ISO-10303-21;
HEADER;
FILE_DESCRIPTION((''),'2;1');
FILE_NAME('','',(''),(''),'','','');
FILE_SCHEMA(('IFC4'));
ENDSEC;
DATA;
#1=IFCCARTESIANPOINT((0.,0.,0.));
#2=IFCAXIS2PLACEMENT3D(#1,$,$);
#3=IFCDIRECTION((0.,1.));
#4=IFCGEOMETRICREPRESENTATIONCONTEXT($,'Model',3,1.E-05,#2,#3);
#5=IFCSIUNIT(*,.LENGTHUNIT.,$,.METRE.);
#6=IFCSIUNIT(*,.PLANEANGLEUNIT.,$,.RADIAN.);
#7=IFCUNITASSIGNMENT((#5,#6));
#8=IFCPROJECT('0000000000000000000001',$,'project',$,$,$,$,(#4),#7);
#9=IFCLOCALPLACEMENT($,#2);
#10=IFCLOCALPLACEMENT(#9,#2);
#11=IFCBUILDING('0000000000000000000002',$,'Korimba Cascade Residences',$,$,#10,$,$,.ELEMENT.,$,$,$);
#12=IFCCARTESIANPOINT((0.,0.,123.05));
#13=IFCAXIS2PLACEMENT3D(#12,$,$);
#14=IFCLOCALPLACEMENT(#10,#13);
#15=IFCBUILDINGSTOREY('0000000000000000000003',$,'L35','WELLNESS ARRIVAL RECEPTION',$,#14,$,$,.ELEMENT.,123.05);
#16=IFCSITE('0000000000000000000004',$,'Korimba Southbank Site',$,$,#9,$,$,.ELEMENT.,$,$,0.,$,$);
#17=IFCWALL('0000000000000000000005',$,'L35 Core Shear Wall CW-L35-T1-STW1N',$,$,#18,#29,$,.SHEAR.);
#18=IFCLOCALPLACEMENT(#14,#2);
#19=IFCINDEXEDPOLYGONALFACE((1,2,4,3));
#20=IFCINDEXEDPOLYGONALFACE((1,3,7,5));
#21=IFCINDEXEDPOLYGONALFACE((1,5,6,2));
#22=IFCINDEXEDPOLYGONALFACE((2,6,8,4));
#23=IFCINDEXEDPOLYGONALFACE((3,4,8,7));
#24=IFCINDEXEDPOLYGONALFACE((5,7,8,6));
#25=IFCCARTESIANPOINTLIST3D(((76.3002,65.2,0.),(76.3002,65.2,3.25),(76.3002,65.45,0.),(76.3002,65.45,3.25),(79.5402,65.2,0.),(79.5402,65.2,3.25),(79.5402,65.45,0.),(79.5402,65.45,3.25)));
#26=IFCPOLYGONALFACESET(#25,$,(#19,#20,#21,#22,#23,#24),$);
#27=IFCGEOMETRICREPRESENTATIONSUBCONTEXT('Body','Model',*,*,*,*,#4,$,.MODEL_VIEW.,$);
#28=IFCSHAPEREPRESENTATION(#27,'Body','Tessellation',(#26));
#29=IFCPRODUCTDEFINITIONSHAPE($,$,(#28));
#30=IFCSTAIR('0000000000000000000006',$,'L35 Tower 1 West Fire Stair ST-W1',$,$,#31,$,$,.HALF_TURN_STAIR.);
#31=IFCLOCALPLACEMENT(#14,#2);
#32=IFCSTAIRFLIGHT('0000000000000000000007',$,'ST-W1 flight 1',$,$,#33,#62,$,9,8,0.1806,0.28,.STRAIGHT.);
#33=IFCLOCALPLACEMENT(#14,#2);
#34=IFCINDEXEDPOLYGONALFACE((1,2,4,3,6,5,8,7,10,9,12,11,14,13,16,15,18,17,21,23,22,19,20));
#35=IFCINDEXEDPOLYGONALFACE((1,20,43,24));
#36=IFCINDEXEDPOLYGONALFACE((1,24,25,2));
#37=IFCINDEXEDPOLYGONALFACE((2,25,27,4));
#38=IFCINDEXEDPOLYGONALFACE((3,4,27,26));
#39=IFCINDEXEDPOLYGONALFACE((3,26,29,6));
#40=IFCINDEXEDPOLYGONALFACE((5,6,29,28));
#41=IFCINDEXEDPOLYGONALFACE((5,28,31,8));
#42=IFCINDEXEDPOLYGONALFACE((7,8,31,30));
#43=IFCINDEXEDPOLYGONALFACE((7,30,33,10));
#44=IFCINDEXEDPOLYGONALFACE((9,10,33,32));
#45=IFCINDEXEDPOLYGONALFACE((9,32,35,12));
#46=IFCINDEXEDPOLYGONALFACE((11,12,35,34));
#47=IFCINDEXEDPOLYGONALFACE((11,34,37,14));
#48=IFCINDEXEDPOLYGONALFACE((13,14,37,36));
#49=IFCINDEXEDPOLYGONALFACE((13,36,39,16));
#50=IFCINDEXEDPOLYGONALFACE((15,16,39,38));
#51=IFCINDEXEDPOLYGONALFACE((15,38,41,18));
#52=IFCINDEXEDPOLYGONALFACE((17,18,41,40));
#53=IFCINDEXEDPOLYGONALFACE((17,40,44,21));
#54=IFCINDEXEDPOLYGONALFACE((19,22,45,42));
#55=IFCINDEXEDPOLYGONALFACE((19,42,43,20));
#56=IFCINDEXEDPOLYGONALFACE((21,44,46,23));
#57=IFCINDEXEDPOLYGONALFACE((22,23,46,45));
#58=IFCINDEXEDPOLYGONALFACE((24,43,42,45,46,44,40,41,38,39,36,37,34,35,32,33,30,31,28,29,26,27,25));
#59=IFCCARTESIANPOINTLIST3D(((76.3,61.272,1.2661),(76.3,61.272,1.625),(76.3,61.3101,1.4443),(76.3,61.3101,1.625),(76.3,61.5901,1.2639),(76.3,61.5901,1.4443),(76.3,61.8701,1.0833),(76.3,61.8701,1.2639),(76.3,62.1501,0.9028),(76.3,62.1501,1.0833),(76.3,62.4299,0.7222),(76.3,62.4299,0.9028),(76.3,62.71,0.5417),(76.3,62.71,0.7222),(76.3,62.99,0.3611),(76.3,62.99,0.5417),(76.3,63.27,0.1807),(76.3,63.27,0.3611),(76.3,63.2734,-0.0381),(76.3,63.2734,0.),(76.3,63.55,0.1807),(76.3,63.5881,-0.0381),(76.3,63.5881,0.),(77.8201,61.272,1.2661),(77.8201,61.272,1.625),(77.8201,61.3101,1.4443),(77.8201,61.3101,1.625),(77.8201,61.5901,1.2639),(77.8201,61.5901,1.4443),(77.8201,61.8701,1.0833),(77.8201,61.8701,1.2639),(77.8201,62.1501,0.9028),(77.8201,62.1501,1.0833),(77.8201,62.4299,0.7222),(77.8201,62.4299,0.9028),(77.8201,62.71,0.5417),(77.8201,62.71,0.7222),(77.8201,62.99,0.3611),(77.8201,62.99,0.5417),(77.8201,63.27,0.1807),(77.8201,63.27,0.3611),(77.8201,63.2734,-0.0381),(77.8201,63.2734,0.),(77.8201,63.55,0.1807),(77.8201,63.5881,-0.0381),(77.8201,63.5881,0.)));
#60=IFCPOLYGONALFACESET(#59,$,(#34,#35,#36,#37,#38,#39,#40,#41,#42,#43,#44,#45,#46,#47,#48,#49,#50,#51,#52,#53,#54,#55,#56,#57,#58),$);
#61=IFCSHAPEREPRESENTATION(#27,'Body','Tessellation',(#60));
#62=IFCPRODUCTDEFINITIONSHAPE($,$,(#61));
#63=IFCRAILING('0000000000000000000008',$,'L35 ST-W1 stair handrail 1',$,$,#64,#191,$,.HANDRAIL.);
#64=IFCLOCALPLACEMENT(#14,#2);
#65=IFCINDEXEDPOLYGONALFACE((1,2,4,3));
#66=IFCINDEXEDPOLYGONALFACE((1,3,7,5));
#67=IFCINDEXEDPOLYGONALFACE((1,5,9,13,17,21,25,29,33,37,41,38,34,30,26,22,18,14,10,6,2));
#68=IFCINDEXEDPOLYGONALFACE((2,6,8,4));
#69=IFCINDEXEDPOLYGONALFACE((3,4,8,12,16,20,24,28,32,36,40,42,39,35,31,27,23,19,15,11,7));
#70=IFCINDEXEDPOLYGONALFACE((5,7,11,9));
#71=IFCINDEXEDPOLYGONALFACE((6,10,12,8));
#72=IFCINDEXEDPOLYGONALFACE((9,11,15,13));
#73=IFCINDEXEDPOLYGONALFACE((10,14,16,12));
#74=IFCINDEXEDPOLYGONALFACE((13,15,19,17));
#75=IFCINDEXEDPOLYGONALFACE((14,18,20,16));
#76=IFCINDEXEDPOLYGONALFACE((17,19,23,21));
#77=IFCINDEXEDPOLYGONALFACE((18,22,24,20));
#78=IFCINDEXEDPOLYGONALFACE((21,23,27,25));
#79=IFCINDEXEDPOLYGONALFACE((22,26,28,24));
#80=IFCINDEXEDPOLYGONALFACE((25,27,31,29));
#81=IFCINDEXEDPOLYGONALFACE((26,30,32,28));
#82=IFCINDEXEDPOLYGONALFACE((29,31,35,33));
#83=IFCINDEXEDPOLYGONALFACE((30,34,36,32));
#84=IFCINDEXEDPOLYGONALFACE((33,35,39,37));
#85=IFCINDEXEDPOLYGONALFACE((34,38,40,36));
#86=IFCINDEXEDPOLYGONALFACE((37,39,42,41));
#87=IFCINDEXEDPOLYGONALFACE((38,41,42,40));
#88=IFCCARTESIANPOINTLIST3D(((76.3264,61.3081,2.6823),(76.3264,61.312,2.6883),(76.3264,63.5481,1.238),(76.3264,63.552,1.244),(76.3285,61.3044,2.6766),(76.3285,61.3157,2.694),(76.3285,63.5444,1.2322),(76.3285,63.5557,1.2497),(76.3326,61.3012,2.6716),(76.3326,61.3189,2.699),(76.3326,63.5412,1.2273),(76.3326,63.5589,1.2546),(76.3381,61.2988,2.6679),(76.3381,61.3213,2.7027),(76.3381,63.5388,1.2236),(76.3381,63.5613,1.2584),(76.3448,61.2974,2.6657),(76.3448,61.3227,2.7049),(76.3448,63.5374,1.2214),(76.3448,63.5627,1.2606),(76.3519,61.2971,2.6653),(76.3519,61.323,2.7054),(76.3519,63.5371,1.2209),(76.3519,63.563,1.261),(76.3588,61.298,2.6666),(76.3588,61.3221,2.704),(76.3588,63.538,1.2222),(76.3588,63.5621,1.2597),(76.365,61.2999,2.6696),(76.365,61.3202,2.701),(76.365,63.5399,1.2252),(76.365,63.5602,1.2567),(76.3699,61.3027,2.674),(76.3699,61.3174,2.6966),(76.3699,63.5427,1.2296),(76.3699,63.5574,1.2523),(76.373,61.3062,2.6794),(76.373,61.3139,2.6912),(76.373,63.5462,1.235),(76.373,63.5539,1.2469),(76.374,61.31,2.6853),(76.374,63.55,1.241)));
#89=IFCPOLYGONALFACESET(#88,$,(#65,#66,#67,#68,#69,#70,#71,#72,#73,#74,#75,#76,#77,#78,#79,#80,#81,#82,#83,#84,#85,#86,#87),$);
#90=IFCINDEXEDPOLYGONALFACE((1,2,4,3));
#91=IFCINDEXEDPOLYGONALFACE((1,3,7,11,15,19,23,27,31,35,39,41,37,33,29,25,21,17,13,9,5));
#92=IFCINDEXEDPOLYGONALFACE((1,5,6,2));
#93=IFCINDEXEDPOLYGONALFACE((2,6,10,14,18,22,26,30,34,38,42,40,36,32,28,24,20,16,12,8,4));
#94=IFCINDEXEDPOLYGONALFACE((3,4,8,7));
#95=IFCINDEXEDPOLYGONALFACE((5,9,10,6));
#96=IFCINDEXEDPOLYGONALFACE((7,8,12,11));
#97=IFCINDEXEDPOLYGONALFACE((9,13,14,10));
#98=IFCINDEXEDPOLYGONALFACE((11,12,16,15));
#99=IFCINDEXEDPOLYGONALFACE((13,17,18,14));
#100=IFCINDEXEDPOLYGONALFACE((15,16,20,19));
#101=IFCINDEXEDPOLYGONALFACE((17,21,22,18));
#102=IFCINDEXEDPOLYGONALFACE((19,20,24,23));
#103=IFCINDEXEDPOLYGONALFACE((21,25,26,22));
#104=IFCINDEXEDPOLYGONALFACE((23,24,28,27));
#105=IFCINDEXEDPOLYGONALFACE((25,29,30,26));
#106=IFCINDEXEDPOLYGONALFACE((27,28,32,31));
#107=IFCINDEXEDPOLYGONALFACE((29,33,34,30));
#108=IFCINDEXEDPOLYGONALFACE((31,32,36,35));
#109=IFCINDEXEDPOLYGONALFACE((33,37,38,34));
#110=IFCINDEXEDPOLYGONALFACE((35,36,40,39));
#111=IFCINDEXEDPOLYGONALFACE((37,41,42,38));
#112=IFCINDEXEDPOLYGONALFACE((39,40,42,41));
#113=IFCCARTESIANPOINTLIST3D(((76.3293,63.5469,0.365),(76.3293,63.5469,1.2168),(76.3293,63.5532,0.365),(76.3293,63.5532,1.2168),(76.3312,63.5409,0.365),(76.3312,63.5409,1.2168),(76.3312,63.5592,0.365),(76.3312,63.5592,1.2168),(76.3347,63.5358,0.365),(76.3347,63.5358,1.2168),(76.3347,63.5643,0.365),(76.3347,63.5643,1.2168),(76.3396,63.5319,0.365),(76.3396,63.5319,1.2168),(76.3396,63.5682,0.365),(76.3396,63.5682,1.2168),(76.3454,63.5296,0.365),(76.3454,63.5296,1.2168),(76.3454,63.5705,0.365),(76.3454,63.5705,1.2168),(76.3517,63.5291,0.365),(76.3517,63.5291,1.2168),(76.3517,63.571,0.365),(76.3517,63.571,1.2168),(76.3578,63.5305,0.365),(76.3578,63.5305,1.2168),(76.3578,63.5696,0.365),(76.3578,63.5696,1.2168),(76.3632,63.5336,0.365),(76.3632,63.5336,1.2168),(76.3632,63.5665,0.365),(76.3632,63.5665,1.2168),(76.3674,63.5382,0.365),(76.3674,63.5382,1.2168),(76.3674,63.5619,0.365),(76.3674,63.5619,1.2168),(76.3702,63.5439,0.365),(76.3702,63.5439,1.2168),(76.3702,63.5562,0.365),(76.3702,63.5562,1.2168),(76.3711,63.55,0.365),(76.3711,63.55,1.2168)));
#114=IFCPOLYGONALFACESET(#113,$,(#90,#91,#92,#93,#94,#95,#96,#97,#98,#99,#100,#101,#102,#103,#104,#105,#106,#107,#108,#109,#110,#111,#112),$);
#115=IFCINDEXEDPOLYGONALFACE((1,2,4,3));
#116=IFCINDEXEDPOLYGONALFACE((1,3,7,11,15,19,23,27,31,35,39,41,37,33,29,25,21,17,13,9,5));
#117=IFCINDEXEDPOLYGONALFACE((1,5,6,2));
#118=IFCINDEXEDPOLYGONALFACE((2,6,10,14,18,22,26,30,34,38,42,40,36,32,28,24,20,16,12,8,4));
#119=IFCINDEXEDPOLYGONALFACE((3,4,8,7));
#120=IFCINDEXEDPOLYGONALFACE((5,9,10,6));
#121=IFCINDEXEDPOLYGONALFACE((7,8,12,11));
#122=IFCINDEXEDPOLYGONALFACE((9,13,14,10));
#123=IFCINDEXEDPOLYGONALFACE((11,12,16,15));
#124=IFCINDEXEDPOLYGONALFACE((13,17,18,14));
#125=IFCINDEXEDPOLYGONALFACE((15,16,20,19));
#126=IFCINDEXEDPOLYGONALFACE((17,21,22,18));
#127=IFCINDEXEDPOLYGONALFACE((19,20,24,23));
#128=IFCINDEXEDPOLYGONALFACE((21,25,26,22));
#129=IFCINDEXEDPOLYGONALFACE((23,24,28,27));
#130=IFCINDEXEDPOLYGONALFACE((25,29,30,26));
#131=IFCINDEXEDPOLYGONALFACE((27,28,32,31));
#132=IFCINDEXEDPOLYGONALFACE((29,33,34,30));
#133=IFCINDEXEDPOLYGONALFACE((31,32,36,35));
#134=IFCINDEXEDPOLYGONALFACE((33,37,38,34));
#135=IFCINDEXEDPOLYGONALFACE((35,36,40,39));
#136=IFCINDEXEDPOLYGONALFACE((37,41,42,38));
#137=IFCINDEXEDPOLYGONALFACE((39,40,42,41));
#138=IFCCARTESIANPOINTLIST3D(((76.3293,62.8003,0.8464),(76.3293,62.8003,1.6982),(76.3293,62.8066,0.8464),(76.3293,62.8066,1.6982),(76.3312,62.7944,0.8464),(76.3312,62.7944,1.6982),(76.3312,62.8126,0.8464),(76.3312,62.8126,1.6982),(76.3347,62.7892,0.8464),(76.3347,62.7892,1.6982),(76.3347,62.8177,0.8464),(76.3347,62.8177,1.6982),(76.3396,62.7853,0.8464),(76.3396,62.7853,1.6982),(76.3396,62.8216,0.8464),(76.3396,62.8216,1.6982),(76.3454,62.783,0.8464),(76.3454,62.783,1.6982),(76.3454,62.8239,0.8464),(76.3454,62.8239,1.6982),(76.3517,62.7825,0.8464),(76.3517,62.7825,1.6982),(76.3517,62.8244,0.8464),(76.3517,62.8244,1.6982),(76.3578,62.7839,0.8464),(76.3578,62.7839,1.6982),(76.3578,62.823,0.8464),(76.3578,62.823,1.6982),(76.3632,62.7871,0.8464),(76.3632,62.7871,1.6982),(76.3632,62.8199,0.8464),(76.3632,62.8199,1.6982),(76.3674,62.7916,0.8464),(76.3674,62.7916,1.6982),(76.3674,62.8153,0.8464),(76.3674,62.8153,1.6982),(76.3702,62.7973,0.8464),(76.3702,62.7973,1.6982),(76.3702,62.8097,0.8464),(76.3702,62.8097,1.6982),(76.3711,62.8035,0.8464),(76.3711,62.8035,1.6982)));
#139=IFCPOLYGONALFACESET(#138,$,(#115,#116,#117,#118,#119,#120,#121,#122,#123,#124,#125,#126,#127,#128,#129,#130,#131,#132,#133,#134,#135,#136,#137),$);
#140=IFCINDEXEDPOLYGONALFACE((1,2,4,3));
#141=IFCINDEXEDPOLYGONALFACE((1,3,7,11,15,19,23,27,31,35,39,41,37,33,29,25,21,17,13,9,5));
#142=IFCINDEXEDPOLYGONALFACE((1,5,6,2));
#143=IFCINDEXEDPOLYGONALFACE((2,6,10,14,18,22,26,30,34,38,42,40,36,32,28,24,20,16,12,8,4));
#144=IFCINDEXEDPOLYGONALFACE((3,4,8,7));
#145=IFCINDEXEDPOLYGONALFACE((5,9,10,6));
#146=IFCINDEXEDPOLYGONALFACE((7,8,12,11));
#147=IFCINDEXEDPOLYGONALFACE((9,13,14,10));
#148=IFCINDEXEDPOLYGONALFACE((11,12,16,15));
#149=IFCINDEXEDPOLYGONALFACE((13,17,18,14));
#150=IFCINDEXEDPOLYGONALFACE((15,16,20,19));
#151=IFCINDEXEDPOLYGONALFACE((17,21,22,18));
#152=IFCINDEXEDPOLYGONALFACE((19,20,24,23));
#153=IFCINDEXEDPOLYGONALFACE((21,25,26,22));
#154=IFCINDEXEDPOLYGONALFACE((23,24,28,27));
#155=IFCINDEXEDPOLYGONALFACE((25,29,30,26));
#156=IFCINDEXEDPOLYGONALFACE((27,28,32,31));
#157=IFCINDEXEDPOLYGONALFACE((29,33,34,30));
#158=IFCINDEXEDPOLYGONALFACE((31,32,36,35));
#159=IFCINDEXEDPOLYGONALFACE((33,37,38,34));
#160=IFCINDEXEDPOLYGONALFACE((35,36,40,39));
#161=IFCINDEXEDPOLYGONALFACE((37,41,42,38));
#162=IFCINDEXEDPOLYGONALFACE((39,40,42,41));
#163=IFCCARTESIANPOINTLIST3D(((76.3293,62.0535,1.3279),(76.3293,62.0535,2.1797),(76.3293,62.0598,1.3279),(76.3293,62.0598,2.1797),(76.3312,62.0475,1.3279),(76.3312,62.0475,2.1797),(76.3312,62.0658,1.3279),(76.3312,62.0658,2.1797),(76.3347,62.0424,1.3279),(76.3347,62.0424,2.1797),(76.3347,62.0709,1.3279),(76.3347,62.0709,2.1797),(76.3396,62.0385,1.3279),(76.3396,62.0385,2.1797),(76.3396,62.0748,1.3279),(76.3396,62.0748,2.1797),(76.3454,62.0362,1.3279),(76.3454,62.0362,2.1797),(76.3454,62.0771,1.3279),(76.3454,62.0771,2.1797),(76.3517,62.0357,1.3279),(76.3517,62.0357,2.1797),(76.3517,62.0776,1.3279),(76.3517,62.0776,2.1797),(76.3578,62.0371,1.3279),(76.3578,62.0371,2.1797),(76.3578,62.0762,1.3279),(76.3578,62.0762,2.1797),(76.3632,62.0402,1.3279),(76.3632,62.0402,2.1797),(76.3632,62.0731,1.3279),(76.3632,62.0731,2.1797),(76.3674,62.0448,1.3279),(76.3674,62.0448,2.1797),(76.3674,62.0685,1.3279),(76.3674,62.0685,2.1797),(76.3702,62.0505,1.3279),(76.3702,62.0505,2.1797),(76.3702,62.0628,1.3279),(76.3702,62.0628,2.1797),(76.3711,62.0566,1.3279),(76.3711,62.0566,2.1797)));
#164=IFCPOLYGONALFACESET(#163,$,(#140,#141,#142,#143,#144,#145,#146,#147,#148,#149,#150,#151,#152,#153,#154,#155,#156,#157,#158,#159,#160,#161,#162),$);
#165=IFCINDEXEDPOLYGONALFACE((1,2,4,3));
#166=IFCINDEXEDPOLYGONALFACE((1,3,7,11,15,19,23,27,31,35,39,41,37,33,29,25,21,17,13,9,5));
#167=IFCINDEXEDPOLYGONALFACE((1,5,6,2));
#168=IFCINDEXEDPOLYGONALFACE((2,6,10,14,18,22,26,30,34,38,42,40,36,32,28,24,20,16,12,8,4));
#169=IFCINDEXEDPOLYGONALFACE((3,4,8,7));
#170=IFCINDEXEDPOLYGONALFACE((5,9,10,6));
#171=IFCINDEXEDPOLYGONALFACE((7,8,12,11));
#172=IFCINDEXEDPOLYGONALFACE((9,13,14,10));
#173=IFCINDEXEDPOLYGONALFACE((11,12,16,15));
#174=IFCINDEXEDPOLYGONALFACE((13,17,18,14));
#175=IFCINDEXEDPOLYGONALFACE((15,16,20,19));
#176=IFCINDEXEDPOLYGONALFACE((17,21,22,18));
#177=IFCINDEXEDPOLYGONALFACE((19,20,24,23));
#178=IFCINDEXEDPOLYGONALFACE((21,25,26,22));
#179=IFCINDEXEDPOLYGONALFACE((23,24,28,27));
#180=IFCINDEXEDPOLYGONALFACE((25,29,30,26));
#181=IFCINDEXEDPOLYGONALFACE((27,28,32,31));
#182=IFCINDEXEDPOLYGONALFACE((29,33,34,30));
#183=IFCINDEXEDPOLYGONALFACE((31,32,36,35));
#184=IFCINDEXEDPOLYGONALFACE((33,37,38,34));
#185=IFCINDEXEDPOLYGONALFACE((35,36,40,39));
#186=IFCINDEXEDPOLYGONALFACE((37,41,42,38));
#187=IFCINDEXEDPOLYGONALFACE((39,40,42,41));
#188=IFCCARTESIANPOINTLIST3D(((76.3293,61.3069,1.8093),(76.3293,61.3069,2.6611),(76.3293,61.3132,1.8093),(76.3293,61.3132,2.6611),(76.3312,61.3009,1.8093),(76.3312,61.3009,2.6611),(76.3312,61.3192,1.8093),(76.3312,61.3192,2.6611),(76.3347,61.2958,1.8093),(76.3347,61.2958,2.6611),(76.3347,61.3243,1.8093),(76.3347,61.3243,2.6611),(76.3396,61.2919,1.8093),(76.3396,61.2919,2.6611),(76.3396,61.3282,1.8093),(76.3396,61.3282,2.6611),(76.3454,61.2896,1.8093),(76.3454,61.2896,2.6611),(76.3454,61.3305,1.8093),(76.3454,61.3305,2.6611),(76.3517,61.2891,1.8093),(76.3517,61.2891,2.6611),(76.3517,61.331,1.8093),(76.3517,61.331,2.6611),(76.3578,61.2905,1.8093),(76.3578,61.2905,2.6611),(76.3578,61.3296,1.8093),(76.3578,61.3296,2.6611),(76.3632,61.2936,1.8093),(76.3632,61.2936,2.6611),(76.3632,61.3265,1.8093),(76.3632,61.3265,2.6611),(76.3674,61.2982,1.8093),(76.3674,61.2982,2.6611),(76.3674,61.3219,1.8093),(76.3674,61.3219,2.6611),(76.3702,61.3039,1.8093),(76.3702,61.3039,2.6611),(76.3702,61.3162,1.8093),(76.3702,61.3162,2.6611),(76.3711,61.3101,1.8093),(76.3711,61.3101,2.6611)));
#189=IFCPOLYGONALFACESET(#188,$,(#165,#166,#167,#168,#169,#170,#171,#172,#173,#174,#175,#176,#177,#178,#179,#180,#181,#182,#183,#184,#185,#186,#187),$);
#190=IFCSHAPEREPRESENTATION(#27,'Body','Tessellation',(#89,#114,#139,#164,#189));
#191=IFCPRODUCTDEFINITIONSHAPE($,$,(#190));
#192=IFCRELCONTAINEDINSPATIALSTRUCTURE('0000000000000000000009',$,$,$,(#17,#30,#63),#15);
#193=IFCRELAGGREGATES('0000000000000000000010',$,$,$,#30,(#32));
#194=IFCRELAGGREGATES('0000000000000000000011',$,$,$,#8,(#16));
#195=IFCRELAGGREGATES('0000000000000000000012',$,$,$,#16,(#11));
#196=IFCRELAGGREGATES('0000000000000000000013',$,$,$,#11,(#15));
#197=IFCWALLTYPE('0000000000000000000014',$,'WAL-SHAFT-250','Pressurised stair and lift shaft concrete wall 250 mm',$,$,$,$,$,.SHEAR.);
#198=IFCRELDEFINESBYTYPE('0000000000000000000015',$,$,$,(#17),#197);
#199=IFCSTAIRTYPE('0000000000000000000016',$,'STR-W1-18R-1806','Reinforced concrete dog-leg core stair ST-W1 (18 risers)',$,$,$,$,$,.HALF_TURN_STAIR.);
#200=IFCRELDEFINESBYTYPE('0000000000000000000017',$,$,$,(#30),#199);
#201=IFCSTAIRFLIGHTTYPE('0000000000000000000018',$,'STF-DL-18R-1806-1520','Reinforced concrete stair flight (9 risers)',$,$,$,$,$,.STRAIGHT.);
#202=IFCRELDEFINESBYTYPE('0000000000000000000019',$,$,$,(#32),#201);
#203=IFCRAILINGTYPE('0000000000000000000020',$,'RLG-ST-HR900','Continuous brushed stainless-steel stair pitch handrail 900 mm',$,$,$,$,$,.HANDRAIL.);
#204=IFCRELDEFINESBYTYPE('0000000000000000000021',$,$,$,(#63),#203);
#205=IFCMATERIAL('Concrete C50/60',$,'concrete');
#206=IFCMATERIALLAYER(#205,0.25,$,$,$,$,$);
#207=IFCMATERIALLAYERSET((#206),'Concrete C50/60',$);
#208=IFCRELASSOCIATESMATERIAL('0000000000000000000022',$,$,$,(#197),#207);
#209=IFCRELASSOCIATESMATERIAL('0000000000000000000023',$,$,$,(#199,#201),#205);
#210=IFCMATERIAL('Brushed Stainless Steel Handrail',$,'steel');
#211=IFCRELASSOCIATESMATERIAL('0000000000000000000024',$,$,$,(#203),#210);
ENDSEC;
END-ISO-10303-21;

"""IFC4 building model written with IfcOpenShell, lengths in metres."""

from ifc_helpers import new_model, si_unit, direction, frame, frame_2d, origin, origin_2d, place, context, subcontext, project, spatial, polyline, rectangle, circle, outline, extrude, material, layer, layer_set, type_object, element, aggregate, save


model = new_model("IFC4")

# Units and contexts
model_context = context("Model", 3, precision=1e-05, world=origin(), true_north=direction((0.0, 1.0)))
body_context = subcontext(model_context, "Body", "Model", "MODEL_VIEW")
ifc_project = project(units=[si_unit("LENGTHUNIT", "METRE"), si_unit("PLANEANGLEUNIT", "RADIAN")], contexts=[model_context])

# Site, building, storey
site_placement = place(None, origin())
site = spatial("IfcSite", under=ifc_project, at=site_placement, Name="Korimba Southbank Site", CompositionType="ELEMENT", RefElevation=0.0)
building_placement = place(site_placement, origin())
building = spatial("IfcBuilding", under=site, at=building_placement, Name="Korimba Cascade Residences", CompositionType="ELEMENT")
storey_placement = place(building_placement, frame((0.0, 0.0, 123.05)))
storey = spatial("IfcBuildingStorey", under=building, at=storey_placement, Name="L35", Description="WELLNESS ARRIVAL RECEPTION", CompositionType="ELEMENT", Elevation=123.05)

# Wall
ifc_material_1 = material(Name="Concrete C50/60", Category="concrete")
ifc_layer_1 = layer(ifc_material_1, 0.25)
ifc_layer_set_1 = layer_set([ifc_layer_1], Name="Concrete C50/60")
wall_type_1 = type_object("IfcWallType", Name="WAL-SHAFT-250", Description="Pressurised stair and lift shaft concrete wall 250 mm", PredefinedType="SHEAR", material=ifc_layer_set_1)
for number, where, z_axis, x_axis, name in (
    (1, (76.3, 65.325, 0.0), (0.0, 0.0, 1.0), (1.0, 0.0, 0.0), "L35 Core Shear Wall CW-L35-T1-STW1N"),
):
    element("IfcWall", number, at=place(storey_placement, frame(where, z_axis=z_axis, x_axis=x_axis)), inside=storey, type_object=wall_type_1, Name=name, PredefinedType="SHEAR", context=body_context, shape_type="SweptSolid", body=[
        extrude(rectangle(XDim=3.24, YDim=0.25, at=frame_2d((1.6201, 0.0))), origin(), (0.0, 0.0, 1.0), 3.25),
    ])

# Stair, stair flight
stair_type = type_object("IfcStairType", Name="STR-W1-18R-1806", Description="Reinforced concrete dog-leg core stair ST-W1 (18 risers)", PredefinedType="HALF_TURN_STAIR", material=ifc_material_1)
stair_placement = place(storey_placement, origin())
stair = element("IfcStair", 2, at=stair_placement, inside=storey, type_object=stair_type, Name="L35 Tower 1 West Fire Stair ST-W1", PredefinedType="HALF_TURN_STAIR")
stair_flight_type = type_object("IfcStairFlightType", Name="STF-DL-18R-1806-1520", Description="Reinforced concrete stair flight (9 risers)", PredefinedType="STRAIGHT", material=ifc_material_1)
stair_flight_placement = place(storey_placement, frame((77.0601, 63.55, 0.0), z_axis=(0.0, 0.0, 1.0), x_axis=(0.0, -1.0, 0.0)))
stair_flight = element("IfcStairFlight", 3, at=stair_flight_placement, type_object=stair_flight_type, Name="ST-W1 flight 1", NumberOfRisers=9, NumberOfTreads=8, PredefinedType="STRAIGHT", RiserHeight=0.1806, TreadLength=0.28, context=body_context, shape_type="SweptSolid", body=[
    extrude(outline(polyline([(-0.0381, 0.0), (0.0, 0.1807), (0.28, 0.1807), (0.28, 0.3611), (0.5601, 0.3611), (0.5601, 0.5417), (0.8401, 0.5417), (0.8401, 0.7222), (1.1201, 0.7222), (1.1201, 0.9028), (1.3999, 0.9028), (1.3999, 1.0833), (1.6799, 1.0833), (1.6799, 1.2639), (1.96, 1.2639), (1.96, 1.4443), (2.24, 1.4443), (2.24, 1.625), (2.2781, 1.625), (2.2781, 1.2661), (0.2766, 0.0), (0.2766, -0.0381), (-0.0381, -0.0381), (-0.0381, 0.0)])), frame((0.0, 0.76, 0.0), z_axis=(0.0, -1.0, 0.0), x_axis=(1.0, 0.0, 0.0)), (0.0, 0.0, 1.0), 1.52),
])
aggregate(stair, [stair_flight])

# Railing
ifc_material_2 = material(Name="Brushed Stainless Steel Handrail", Category="steel")
railing_type = type_object("IfcRailingType", Name="RLG-ST-HR900", Description="Continuous brushed stainless-steel stair pitch handrail 900 mm", PredefinedType="HANDRAIL", material=ifc_material_2)
railing_placement = place(storey_placement, frame((76.3501, 63.55, 0.365)))
element("IfcRailing", 4, at=railing_placement, inside=storey, type_object=railing_type, Name="L35 ST-W1 stair handrail 1", PredefinedType="HANDRAIL", context=body_context, shape_type="SweptSolid", body=[
    extrude(circle(Radius=0.0239, at=origin_2d()), frame((0.0, 0.0, 0.876), z_axis=(0.0, -0.840437, 0.54191), x_axis=(1.0, 0.0, 0.0)), (0.0, 0.0, 1.0), 2.6653),
    extrude(circle(Radius=0.021, at=origin_2d()), origin(), (0.0, 0.0, 1.0), 0.8518),
    extrude(circle(Radius=0.021, at=origin_2d()), frame((0.0, -0.7466, 0.4814)), (0.0, 0.0, 1.0), 0.8518),
    extrude(circle(Radius=0.021, at=origin_2d()), frame((0.0, -1.4934, 0.9629)), (0.0, 0.0, 1.0), 0.8518),
    extrude(circle(Radius=0.021, at=origin_2d()), frame((0.0, -2.24, 1.4443)), (0.0, 0.0, 1.0), 0.8518),
])

save(model, "model.ifc")
